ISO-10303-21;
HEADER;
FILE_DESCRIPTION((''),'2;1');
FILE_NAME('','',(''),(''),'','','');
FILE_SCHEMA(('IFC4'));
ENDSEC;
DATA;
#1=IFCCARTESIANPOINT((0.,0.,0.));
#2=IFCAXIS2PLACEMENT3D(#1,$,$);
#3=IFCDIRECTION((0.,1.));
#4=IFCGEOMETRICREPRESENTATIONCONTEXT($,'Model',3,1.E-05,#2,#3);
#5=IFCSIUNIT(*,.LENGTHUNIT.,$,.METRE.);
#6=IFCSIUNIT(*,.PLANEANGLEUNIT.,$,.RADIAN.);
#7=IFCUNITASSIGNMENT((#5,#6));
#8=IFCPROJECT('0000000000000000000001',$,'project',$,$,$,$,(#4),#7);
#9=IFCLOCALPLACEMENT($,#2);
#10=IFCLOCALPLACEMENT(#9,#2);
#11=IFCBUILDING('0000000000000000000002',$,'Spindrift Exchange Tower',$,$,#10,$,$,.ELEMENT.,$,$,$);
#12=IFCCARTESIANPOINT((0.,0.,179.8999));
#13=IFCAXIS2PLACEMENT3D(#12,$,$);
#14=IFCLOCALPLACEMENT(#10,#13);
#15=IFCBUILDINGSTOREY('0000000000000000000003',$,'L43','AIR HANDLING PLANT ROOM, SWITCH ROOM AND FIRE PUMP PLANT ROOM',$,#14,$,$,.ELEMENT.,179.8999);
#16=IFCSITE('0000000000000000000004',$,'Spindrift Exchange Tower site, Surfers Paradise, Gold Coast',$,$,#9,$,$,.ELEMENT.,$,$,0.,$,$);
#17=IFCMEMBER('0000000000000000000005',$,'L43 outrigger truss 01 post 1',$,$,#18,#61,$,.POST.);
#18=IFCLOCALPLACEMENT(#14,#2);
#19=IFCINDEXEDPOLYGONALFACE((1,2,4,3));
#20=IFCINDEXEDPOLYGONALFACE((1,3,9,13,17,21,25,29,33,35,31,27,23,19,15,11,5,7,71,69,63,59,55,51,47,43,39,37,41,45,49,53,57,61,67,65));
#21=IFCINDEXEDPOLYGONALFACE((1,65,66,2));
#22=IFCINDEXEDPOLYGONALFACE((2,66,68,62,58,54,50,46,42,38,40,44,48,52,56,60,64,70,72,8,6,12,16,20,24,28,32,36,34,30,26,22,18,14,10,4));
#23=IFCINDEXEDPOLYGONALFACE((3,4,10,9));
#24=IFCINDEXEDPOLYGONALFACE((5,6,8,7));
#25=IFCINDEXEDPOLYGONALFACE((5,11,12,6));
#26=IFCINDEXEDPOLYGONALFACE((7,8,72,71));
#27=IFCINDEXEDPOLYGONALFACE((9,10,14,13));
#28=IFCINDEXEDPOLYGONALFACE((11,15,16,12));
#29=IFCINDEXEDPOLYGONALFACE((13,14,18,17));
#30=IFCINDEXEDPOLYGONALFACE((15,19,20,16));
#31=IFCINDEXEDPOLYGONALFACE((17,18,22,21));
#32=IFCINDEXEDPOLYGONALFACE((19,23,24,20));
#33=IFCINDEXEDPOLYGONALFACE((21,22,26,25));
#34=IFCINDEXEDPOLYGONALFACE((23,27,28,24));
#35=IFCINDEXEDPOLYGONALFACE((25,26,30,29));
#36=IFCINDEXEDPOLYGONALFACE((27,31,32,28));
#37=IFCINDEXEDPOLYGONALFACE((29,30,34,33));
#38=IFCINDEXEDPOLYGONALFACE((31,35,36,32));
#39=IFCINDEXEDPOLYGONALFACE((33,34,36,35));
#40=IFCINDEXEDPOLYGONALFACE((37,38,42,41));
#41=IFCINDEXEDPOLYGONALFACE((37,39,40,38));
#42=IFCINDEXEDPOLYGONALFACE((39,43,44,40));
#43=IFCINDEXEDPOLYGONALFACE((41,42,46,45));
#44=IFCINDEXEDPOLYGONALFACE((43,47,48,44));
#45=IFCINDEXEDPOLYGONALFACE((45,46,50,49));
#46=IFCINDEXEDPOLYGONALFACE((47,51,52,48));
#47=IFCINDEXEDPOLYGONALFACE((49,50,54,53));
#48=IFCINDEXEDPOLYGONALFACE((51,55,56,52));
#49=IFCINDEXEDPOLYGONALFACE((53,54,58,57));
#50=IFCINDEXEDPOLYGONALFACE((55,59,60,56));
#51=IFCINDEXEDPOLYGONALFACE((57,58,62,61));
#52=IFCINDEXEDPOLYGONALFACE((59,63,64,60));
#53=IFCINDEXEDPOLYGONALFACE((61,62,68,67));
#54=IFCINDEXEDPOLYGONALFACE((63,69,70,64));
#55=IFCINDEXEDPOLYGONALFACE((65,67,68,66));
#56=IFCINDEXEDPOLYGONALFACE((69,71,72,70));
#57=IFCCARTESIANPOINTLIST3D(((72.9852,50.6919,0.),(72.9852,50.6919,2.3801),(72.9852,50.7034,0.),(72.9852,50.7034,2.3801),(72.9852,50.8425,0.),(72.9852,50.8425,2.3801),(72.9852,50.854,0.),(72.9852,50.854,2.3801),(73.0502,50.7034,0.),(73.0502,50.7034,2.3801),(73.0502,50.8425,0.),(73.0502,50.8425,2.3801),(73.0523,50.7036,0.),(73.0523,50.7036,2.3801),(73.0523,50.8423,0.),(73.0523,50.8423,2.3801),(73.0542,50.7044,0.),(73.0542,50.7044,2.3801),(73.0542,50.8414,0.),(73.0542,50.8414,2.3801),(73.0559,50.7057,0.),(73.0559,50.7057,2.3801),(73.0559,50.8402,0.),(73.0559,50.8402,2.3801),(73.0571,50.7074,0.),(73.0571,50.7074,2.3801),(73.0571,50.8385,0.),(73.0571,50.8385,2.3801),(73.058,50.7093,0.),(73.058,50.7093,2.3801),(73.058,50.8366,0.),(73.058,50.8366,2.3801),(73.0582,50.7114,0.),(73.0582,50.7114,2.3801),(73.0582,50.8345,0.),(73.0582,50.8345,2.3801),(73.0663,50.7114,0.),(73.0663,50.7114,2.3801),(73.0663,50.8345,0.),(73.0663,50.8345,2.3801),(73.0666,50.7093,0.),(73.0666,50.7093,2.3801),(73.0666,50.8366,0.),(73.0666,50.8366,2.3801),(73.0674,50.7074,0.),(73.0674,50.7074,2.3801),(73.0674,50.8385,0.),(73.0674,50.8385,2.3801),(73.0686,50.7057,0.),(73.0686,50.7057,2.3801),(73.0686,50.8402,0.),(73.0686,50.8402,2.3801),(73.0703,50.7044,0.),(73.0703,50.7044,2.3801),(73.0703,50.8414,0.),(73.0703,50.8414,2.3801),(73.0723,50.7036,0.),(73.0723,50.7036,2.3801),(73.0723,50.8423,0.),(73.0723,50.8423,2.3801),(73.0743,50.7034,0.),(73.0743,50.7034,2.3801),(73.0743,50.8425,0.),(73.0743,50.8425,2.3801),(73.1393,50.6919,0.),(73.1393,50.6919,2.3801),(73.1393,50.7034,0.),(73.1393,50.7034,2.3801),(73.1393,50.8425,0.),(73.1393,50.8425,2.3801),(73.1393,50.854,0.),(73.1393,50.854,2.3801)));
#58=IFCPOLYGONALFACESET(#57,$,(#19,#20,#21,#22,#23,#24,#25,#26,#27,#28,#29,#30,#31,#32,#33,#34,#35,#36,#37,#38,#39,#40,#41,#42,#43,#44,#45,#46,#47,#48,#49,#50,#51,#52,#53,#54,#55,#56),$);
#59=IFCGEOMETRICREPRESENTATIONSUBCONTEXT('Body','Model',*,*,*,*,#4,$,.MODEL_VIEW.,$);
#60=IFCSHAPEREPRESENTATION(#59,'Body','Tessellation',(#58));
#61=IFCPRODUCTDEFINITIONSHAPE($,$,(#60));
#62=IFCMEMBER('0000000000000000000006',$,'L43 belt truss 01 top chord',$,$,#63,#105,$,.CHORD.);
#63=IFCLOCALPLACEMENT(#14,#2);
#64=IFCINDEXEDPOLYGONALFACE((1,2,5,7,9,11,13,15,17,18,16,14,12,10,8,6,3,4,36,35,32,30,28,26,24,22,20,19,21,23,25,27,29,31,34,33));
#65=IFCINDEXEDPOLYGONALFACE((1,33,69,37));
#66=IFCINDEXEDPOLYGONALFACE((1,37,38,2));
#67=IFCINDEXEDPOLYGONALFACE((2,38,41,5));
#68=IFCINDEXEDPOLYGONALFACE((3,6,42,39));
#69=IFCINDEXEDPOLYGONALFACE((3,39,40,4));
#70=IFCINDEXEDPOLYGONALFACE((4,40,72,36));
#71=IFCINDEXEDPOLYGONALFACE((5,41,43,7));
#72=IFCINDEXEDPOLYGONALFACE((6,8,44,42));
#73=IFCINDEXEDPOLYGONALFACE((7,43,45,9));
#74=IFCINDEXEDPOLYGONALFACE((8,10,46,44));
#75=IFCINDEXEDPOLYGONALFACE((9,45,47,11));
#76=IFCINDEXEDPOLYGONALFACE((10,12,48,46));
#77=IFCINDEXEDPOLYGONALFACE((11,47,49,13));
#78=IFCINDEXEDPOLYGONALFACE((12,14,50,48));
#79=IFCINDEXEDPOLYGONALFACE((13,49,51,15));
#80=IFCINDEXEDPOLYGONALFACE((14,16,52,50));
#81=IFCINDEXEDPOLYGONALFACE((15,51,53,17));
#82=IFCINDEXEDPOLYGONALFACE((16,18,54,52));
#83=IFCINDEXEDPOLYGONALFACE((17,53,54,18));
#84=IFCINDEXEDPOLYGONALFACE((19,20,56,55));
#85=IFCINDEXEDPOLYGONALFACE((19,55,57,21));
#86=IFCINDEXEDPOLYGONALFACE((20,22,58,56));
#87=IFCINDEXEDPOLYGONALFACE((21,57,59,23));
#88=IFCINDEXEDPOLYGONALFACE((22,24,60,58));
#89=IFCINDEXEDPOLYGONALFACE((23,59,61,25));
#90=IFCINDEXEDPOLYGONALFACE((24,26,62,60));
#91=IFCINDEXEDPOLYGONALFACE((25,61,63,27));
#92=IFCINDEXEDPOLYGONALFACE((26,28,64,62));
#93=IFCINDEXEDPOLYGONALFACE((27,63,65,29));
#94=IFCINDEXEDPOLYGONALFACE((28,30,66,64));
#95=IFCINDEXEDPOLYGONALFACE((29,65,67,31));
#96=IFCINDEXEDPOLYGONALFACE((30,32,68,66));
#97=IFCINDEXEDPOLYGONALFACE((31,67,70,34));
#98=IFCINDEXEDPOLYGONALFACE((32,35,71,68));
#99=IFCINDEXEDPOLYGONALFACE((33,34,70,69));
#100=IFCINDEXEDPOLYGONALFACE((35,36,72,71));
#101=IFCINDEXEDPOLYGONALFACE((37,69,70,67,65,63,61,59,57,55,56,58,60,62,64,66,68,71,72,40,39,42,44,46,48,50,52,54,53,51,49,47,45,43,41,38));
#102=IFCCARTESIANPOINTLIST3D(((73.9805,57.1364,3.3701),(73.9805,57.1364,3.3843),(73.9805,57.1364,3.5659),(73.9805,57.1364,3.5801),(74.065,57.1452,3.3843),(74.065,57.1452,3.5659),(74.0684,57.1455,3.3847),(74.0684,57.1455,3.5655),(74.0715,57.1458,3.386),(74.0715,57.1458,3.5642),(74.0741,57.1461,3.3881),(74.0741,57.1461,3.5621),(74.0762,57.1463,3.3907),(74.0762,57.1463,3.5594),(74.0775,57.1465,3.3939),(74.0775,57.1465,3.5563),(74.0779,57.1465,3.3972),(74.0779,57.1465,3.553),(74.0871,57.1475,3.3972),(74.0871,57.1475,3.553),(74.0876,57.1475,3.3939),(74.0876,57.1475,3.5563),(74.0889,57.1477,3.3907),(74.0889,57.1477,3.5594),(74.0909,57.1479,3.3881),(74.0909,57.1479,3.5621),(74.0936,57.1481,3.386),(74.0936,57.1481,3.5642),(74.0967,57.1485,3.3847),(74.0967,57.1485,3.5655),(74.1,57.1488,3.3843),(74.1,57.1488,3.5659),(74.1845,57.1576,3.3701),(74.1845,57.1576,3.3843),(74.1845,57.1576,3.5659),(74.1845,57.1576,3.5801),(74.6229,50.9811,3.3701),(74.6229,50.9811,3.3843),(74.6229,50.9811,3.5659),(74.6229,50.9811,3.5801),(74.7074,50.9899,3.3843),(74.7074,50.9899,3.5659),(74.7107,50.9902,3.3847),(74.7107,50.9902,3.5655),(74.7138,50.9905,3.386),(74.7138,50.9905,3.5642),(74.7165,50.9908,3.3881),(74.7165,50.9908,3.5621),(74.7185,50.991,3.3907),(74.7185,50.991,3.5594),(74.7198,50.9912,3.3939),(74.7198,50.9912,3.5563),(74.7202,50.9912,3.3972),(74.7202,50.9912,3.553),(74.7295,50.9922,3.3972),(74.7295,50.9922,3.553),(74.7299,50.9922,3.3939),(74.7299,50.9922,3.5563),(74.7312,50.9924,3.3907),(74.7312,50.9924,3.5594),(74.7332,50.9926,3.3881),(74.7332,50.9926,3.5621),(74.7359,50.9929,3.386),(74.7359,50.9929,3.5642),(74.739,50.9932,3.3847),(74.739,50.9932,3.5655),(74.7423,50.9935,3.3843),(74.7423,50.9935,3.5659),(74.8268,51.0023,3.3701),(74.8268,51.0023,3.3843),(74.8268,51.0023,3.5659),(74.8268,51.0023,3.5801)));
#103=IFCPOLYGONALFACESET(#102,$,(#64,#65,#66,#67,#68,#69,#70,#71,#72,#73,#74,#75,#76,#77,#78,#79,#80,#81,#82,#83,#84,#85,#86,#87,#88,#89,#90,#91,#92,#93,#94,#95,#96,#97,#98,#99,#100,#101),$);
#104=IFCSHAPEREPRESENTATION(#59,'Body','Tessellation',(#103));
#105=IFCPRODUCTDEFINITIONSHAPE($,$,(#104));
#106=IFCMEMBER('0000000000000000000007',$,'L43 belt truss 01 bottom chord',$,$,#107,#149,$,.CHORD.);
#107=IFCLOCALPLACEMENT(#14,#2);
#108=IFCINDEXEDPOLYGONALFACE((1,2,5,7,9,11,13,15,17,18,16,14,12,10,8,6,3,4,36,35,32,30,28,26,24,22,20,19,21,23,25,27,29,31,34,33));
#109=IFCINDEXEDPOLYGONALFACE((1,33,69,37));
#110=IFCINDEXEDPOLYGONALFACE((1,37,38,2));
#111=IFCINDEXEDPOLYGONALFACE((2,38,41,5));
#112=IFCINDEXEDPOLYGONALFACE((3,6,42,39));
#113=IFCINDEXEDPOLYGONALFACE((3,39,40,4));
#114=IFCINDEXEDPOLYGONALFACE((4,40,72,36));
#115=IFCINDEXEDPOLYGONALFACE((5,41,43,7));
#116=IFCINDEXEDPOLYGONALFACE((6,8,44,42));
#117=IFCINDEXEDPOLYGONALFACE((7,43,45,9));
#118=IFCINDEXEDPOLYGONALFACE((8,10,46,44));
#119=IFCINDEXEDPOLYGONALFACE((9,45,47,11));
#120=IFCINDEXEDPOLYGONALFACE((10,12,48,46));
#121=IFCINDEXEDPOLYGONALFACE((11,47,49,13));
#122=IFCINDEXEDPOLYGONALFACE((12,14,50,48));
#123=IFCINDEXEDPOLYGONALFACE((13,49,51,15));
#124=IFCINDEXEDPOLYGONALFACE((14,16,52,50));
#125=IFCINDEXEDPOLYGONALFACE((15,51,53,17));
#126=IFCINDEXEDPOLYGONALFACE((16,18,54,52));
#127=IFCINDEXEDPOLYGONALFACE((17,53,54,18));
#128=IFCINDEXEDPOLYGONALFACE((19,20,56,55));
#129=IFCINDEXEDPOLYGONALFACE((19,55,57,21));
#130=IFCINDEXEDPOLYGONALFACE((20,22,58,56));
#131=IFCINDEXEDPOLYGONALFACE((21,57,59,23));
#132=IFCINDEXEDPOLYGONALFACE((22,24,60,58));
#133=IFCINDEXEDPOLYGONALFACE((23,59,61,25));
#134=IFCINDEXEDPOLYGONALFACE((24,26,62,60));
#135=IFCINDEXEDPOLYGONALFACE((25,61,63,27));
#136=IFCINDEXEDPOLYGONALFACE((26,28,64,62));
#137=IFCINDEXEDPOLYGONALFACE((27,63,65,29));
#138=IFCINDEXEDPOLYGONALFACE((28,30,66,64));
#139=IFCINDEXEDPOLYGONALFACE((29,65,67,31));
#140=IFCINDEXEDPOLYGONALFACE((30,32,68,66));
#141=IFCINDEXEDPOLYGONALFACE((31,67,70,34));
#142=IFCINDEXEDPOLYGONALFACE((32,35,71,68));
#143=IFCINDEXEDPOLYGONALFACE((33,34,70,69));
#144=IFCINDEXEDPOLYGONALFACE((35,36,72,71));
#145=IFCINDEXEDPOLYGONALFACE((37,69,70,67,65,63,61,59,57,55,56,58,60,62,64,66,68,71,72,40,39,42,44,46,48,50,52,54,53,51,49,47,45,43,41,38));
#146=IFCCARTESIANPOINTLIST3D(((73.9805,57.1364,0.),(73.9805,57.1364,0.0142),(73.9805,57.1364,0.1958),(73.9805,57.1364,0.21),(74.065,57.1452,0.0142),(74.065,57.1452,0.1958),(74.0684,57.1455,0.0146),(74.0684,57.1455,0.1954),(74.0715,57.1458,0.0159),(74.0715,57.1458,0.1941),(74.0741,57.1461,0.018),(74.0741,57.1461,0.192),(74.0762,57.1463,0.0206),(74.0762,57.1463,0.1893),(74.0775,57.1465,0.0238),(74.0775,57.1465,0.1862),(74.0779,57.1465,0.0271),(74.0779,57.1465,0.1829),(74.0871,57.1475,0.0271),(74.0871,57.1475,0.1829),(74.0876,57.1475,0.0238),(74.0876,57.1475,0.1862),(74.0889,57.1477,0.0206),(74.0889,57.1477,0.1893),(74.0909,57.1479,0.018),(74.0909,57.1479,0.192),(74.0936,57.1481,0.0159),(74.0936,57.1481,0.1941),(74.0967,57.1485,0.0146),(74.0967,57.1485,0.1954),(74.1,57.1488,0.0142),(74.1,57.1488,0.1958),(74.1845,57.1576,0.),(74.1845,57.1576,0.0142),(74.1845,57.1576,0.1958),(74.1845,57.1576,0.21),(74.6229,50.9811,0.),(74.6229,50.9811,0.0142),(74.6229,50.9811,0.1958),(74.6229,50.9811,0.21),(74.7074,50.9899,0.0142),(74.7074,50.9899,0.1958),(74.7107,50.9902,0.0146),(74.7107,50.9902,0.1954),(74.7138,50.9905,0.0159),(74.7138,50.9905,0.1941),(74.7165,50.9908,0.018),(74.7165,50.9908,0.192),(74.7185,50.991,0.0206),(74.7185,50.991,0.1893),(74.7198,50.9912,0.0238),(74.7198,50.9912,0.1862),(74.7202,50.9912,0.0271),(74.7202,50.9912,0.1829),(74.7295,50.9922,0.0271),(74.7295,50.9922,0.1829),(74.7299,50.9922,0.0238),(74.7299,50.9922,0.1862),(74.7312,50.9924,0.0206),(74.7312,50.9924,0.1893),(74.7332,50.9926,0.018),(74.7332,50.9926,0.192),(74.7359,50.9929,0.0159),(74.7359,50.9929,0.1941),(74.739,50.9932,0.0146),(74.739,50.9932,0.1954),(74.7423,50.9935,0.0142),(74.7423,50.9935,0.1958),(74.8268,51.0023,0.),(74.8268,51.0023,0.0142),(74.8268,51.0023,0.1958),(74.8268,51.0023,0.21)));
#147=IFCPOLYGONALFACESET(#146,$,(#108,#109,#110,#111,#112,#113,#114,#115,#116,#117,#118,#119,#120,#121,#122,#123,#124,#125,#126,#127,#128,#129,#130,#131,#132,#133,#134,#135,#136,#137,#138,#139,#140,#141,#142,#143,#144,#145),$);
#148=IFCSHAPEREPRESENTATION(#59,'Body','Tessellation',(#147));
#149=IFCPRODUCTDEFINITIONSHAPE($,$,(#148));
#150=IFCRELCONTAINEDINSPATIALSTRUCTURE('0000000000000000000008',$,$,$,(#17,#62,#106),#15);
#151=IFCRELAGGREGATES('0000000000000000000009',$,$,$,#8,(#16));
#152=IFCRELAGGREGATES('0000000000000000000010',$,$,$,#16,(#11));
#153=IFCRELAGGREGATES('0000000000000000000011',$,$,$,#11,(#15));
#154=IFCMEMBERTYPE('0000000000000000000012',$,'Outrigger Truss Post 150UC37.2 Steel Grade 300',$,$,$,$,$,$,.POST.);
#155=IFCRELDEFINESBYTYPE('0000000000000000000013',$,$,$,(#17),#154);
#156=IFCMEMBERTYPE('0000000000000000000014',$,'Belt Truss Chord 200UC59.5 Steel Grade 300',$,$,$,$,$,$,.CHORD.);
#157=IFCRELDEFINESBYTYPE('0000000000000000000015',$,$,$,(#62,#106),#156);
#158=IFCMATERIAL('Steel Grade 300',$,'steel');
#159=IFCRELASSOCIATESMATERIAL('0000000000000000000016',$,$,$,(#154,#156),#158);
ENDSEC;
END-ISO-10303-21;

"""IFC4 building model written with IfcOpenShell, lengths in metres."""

from ifc_helpers import new_model, si_unit, direction, frame, origin, origin_2d, place, context, subcontext, project, spatial, i_section, extrude, source, transform, mapped, material, material_profile, profile_set, type_object, element, save


model = new_model("IFC4")

# Units and contexts
model_context = context("Model", 3, precision=1e-05, world=origin(), true_north=direction((0.0, 1.0)))
body_context = subcontext(model_context, "Body", "Model", "MODEL_VIEW")
ifc_project = project(units=[si_unit("LENGTHUNIT", "METRE"), si_unit("PLANEANGLEUNIT", "RADIAN")], contexts=[model_context])

# Site, building, storey
site_placement = place(None, origin())
site = spatial("IfcSite", under=ifc_project, at=site_placement, Name="Spindrift Exchange Tower site, Surfers Paradise, Gold Coast", CompositionType="ELEMENT", RefElevation=0.0)
building_placement = place(site_placement, origin())
building = spatial("IfcBuilding", under=site, at=building_placement, Name="Spindrift Exchange Tower", CompositionType="ELEMENT")
storey_placement = place(building_placement, frame((0.0, 0.0, 179.8999)))
storey = spatial("IfcBuildingStorey", under=building, at=storey_placement, Name="L43", Description="AIR HANDLING PLANT ROOM, SWITCH ROOM AND FIRE PUMP PLANT ROOM", CompositionType="ELEMENT", Elevation=179.8999)

# Shared definitions
ifc_material_1 = material(Name="Steel Grade 300", Category="steel")

# Members
ifc_material_profile_1 = material_profile(ifc_material_1, i_section(OverallWidth=0.1541, OverallDepth=0.1621, WebThickness=0.0081, FlangeThickness=0.0115, FilletRadius=0.0081, at=origin_2d()), Name="150UC37.2")
ifc_profile_set_1 = profile_set([ifc_material_profile_1], Name="Steel Grade 300")
member_type_1 = type_object("IfcMemberType", Name="Outrigger Truss Post 150UC37.2 Steel Grade 300", PredefinedType="POST", material=ifc_profile_set_1)
shared_shape_1 = source(origin(), body_context, "Body", "SweptSolid", [
    extrude(i_section(OverallWidth=0.1541, OverallDepth=0.1621, WebThickness=0.0081, FlangeThickness=0.0115, FilletRadius=0.0081, at=origin_2d()), origin(), (0.0, 0.0, 1.0), 2.3801),
])
member_1_placement = place(storey_placement, frame((73.0623, 50.7729, 0.0), z_axis=(0.0, 0.0, 1.0), x_axis=(1.0, 0.0, 0.0)))
element("IfcMember", 1, at=member_1_placement, inside=storey, type_object=member_type_1, Name="L43 outrigger truss 01 post 1", PredefinedType="POST", context=body_context, shape_type="MappedRepresentation", body=[
    mapped(shared_shape_1, transform((0.0, 0.0, 0.0), scale=1.0)),
])
ifc_material_profile_2 = material_profile(ifc_material_1, i_section(OverallWidth=0.2051, OverallDepth=0.21, WebThickness=0.0093, FlangeThickness=0.0142, FilletRadius=0.0129, at=origin_2d()), Name="200UC59.5")
ifc_profile_set_2 = profile_set([ifc_material_profile_2], Name="Steel Grade 300")
member_type_2 = type_object("IfcMemberType", Name="Belt Truss Chord 200UC59.5 Steel Grade 300", PredefinedType="CHORD", material=ifc_profile_set_2)
shared_shape_2 = source(origin(), body_context, "Body", "SweptSolid", [
    extrude(i_section(OverallWidth=0.2051, OverallDepth=0.21, WebThickness=0.0093, FlangeThickness=0.0142, FilletRadius=0.0129, at=origin_2d()), origin(), (0.0, 0.0, 1.0), 6.1887),
])
for number, where, z_axis, x_axis, name in (
    (2, (74.7249, 50.9917, 3.4751), (-0.103791, 0.994599, 0.0), (-0.994599, -0.103791, 0.0), "L43 belt truss 01 top chord"),
    (3, (74.7249, 50.9917, 0.105), (-0.103791, 0.994599, 0.0), (-0.994599, -0.103791, 0.0), "L43 belt truss 01 bottom chord"),
):
    element("IfcMember", number, at=place(storey_placement, frame(where, z_axis=z_axis, x_axis=x_axis)), inside=storey, type_object=member_type_2, Name=name, PredefinedType="CHORD", context=body_context, shape_type="MappedRepresentation", body=[
        mapped(shared_shape_2, transform((0.0, 0.0, 0.0), scale=1.0)),
    ])

save(model, "model.ifc")
